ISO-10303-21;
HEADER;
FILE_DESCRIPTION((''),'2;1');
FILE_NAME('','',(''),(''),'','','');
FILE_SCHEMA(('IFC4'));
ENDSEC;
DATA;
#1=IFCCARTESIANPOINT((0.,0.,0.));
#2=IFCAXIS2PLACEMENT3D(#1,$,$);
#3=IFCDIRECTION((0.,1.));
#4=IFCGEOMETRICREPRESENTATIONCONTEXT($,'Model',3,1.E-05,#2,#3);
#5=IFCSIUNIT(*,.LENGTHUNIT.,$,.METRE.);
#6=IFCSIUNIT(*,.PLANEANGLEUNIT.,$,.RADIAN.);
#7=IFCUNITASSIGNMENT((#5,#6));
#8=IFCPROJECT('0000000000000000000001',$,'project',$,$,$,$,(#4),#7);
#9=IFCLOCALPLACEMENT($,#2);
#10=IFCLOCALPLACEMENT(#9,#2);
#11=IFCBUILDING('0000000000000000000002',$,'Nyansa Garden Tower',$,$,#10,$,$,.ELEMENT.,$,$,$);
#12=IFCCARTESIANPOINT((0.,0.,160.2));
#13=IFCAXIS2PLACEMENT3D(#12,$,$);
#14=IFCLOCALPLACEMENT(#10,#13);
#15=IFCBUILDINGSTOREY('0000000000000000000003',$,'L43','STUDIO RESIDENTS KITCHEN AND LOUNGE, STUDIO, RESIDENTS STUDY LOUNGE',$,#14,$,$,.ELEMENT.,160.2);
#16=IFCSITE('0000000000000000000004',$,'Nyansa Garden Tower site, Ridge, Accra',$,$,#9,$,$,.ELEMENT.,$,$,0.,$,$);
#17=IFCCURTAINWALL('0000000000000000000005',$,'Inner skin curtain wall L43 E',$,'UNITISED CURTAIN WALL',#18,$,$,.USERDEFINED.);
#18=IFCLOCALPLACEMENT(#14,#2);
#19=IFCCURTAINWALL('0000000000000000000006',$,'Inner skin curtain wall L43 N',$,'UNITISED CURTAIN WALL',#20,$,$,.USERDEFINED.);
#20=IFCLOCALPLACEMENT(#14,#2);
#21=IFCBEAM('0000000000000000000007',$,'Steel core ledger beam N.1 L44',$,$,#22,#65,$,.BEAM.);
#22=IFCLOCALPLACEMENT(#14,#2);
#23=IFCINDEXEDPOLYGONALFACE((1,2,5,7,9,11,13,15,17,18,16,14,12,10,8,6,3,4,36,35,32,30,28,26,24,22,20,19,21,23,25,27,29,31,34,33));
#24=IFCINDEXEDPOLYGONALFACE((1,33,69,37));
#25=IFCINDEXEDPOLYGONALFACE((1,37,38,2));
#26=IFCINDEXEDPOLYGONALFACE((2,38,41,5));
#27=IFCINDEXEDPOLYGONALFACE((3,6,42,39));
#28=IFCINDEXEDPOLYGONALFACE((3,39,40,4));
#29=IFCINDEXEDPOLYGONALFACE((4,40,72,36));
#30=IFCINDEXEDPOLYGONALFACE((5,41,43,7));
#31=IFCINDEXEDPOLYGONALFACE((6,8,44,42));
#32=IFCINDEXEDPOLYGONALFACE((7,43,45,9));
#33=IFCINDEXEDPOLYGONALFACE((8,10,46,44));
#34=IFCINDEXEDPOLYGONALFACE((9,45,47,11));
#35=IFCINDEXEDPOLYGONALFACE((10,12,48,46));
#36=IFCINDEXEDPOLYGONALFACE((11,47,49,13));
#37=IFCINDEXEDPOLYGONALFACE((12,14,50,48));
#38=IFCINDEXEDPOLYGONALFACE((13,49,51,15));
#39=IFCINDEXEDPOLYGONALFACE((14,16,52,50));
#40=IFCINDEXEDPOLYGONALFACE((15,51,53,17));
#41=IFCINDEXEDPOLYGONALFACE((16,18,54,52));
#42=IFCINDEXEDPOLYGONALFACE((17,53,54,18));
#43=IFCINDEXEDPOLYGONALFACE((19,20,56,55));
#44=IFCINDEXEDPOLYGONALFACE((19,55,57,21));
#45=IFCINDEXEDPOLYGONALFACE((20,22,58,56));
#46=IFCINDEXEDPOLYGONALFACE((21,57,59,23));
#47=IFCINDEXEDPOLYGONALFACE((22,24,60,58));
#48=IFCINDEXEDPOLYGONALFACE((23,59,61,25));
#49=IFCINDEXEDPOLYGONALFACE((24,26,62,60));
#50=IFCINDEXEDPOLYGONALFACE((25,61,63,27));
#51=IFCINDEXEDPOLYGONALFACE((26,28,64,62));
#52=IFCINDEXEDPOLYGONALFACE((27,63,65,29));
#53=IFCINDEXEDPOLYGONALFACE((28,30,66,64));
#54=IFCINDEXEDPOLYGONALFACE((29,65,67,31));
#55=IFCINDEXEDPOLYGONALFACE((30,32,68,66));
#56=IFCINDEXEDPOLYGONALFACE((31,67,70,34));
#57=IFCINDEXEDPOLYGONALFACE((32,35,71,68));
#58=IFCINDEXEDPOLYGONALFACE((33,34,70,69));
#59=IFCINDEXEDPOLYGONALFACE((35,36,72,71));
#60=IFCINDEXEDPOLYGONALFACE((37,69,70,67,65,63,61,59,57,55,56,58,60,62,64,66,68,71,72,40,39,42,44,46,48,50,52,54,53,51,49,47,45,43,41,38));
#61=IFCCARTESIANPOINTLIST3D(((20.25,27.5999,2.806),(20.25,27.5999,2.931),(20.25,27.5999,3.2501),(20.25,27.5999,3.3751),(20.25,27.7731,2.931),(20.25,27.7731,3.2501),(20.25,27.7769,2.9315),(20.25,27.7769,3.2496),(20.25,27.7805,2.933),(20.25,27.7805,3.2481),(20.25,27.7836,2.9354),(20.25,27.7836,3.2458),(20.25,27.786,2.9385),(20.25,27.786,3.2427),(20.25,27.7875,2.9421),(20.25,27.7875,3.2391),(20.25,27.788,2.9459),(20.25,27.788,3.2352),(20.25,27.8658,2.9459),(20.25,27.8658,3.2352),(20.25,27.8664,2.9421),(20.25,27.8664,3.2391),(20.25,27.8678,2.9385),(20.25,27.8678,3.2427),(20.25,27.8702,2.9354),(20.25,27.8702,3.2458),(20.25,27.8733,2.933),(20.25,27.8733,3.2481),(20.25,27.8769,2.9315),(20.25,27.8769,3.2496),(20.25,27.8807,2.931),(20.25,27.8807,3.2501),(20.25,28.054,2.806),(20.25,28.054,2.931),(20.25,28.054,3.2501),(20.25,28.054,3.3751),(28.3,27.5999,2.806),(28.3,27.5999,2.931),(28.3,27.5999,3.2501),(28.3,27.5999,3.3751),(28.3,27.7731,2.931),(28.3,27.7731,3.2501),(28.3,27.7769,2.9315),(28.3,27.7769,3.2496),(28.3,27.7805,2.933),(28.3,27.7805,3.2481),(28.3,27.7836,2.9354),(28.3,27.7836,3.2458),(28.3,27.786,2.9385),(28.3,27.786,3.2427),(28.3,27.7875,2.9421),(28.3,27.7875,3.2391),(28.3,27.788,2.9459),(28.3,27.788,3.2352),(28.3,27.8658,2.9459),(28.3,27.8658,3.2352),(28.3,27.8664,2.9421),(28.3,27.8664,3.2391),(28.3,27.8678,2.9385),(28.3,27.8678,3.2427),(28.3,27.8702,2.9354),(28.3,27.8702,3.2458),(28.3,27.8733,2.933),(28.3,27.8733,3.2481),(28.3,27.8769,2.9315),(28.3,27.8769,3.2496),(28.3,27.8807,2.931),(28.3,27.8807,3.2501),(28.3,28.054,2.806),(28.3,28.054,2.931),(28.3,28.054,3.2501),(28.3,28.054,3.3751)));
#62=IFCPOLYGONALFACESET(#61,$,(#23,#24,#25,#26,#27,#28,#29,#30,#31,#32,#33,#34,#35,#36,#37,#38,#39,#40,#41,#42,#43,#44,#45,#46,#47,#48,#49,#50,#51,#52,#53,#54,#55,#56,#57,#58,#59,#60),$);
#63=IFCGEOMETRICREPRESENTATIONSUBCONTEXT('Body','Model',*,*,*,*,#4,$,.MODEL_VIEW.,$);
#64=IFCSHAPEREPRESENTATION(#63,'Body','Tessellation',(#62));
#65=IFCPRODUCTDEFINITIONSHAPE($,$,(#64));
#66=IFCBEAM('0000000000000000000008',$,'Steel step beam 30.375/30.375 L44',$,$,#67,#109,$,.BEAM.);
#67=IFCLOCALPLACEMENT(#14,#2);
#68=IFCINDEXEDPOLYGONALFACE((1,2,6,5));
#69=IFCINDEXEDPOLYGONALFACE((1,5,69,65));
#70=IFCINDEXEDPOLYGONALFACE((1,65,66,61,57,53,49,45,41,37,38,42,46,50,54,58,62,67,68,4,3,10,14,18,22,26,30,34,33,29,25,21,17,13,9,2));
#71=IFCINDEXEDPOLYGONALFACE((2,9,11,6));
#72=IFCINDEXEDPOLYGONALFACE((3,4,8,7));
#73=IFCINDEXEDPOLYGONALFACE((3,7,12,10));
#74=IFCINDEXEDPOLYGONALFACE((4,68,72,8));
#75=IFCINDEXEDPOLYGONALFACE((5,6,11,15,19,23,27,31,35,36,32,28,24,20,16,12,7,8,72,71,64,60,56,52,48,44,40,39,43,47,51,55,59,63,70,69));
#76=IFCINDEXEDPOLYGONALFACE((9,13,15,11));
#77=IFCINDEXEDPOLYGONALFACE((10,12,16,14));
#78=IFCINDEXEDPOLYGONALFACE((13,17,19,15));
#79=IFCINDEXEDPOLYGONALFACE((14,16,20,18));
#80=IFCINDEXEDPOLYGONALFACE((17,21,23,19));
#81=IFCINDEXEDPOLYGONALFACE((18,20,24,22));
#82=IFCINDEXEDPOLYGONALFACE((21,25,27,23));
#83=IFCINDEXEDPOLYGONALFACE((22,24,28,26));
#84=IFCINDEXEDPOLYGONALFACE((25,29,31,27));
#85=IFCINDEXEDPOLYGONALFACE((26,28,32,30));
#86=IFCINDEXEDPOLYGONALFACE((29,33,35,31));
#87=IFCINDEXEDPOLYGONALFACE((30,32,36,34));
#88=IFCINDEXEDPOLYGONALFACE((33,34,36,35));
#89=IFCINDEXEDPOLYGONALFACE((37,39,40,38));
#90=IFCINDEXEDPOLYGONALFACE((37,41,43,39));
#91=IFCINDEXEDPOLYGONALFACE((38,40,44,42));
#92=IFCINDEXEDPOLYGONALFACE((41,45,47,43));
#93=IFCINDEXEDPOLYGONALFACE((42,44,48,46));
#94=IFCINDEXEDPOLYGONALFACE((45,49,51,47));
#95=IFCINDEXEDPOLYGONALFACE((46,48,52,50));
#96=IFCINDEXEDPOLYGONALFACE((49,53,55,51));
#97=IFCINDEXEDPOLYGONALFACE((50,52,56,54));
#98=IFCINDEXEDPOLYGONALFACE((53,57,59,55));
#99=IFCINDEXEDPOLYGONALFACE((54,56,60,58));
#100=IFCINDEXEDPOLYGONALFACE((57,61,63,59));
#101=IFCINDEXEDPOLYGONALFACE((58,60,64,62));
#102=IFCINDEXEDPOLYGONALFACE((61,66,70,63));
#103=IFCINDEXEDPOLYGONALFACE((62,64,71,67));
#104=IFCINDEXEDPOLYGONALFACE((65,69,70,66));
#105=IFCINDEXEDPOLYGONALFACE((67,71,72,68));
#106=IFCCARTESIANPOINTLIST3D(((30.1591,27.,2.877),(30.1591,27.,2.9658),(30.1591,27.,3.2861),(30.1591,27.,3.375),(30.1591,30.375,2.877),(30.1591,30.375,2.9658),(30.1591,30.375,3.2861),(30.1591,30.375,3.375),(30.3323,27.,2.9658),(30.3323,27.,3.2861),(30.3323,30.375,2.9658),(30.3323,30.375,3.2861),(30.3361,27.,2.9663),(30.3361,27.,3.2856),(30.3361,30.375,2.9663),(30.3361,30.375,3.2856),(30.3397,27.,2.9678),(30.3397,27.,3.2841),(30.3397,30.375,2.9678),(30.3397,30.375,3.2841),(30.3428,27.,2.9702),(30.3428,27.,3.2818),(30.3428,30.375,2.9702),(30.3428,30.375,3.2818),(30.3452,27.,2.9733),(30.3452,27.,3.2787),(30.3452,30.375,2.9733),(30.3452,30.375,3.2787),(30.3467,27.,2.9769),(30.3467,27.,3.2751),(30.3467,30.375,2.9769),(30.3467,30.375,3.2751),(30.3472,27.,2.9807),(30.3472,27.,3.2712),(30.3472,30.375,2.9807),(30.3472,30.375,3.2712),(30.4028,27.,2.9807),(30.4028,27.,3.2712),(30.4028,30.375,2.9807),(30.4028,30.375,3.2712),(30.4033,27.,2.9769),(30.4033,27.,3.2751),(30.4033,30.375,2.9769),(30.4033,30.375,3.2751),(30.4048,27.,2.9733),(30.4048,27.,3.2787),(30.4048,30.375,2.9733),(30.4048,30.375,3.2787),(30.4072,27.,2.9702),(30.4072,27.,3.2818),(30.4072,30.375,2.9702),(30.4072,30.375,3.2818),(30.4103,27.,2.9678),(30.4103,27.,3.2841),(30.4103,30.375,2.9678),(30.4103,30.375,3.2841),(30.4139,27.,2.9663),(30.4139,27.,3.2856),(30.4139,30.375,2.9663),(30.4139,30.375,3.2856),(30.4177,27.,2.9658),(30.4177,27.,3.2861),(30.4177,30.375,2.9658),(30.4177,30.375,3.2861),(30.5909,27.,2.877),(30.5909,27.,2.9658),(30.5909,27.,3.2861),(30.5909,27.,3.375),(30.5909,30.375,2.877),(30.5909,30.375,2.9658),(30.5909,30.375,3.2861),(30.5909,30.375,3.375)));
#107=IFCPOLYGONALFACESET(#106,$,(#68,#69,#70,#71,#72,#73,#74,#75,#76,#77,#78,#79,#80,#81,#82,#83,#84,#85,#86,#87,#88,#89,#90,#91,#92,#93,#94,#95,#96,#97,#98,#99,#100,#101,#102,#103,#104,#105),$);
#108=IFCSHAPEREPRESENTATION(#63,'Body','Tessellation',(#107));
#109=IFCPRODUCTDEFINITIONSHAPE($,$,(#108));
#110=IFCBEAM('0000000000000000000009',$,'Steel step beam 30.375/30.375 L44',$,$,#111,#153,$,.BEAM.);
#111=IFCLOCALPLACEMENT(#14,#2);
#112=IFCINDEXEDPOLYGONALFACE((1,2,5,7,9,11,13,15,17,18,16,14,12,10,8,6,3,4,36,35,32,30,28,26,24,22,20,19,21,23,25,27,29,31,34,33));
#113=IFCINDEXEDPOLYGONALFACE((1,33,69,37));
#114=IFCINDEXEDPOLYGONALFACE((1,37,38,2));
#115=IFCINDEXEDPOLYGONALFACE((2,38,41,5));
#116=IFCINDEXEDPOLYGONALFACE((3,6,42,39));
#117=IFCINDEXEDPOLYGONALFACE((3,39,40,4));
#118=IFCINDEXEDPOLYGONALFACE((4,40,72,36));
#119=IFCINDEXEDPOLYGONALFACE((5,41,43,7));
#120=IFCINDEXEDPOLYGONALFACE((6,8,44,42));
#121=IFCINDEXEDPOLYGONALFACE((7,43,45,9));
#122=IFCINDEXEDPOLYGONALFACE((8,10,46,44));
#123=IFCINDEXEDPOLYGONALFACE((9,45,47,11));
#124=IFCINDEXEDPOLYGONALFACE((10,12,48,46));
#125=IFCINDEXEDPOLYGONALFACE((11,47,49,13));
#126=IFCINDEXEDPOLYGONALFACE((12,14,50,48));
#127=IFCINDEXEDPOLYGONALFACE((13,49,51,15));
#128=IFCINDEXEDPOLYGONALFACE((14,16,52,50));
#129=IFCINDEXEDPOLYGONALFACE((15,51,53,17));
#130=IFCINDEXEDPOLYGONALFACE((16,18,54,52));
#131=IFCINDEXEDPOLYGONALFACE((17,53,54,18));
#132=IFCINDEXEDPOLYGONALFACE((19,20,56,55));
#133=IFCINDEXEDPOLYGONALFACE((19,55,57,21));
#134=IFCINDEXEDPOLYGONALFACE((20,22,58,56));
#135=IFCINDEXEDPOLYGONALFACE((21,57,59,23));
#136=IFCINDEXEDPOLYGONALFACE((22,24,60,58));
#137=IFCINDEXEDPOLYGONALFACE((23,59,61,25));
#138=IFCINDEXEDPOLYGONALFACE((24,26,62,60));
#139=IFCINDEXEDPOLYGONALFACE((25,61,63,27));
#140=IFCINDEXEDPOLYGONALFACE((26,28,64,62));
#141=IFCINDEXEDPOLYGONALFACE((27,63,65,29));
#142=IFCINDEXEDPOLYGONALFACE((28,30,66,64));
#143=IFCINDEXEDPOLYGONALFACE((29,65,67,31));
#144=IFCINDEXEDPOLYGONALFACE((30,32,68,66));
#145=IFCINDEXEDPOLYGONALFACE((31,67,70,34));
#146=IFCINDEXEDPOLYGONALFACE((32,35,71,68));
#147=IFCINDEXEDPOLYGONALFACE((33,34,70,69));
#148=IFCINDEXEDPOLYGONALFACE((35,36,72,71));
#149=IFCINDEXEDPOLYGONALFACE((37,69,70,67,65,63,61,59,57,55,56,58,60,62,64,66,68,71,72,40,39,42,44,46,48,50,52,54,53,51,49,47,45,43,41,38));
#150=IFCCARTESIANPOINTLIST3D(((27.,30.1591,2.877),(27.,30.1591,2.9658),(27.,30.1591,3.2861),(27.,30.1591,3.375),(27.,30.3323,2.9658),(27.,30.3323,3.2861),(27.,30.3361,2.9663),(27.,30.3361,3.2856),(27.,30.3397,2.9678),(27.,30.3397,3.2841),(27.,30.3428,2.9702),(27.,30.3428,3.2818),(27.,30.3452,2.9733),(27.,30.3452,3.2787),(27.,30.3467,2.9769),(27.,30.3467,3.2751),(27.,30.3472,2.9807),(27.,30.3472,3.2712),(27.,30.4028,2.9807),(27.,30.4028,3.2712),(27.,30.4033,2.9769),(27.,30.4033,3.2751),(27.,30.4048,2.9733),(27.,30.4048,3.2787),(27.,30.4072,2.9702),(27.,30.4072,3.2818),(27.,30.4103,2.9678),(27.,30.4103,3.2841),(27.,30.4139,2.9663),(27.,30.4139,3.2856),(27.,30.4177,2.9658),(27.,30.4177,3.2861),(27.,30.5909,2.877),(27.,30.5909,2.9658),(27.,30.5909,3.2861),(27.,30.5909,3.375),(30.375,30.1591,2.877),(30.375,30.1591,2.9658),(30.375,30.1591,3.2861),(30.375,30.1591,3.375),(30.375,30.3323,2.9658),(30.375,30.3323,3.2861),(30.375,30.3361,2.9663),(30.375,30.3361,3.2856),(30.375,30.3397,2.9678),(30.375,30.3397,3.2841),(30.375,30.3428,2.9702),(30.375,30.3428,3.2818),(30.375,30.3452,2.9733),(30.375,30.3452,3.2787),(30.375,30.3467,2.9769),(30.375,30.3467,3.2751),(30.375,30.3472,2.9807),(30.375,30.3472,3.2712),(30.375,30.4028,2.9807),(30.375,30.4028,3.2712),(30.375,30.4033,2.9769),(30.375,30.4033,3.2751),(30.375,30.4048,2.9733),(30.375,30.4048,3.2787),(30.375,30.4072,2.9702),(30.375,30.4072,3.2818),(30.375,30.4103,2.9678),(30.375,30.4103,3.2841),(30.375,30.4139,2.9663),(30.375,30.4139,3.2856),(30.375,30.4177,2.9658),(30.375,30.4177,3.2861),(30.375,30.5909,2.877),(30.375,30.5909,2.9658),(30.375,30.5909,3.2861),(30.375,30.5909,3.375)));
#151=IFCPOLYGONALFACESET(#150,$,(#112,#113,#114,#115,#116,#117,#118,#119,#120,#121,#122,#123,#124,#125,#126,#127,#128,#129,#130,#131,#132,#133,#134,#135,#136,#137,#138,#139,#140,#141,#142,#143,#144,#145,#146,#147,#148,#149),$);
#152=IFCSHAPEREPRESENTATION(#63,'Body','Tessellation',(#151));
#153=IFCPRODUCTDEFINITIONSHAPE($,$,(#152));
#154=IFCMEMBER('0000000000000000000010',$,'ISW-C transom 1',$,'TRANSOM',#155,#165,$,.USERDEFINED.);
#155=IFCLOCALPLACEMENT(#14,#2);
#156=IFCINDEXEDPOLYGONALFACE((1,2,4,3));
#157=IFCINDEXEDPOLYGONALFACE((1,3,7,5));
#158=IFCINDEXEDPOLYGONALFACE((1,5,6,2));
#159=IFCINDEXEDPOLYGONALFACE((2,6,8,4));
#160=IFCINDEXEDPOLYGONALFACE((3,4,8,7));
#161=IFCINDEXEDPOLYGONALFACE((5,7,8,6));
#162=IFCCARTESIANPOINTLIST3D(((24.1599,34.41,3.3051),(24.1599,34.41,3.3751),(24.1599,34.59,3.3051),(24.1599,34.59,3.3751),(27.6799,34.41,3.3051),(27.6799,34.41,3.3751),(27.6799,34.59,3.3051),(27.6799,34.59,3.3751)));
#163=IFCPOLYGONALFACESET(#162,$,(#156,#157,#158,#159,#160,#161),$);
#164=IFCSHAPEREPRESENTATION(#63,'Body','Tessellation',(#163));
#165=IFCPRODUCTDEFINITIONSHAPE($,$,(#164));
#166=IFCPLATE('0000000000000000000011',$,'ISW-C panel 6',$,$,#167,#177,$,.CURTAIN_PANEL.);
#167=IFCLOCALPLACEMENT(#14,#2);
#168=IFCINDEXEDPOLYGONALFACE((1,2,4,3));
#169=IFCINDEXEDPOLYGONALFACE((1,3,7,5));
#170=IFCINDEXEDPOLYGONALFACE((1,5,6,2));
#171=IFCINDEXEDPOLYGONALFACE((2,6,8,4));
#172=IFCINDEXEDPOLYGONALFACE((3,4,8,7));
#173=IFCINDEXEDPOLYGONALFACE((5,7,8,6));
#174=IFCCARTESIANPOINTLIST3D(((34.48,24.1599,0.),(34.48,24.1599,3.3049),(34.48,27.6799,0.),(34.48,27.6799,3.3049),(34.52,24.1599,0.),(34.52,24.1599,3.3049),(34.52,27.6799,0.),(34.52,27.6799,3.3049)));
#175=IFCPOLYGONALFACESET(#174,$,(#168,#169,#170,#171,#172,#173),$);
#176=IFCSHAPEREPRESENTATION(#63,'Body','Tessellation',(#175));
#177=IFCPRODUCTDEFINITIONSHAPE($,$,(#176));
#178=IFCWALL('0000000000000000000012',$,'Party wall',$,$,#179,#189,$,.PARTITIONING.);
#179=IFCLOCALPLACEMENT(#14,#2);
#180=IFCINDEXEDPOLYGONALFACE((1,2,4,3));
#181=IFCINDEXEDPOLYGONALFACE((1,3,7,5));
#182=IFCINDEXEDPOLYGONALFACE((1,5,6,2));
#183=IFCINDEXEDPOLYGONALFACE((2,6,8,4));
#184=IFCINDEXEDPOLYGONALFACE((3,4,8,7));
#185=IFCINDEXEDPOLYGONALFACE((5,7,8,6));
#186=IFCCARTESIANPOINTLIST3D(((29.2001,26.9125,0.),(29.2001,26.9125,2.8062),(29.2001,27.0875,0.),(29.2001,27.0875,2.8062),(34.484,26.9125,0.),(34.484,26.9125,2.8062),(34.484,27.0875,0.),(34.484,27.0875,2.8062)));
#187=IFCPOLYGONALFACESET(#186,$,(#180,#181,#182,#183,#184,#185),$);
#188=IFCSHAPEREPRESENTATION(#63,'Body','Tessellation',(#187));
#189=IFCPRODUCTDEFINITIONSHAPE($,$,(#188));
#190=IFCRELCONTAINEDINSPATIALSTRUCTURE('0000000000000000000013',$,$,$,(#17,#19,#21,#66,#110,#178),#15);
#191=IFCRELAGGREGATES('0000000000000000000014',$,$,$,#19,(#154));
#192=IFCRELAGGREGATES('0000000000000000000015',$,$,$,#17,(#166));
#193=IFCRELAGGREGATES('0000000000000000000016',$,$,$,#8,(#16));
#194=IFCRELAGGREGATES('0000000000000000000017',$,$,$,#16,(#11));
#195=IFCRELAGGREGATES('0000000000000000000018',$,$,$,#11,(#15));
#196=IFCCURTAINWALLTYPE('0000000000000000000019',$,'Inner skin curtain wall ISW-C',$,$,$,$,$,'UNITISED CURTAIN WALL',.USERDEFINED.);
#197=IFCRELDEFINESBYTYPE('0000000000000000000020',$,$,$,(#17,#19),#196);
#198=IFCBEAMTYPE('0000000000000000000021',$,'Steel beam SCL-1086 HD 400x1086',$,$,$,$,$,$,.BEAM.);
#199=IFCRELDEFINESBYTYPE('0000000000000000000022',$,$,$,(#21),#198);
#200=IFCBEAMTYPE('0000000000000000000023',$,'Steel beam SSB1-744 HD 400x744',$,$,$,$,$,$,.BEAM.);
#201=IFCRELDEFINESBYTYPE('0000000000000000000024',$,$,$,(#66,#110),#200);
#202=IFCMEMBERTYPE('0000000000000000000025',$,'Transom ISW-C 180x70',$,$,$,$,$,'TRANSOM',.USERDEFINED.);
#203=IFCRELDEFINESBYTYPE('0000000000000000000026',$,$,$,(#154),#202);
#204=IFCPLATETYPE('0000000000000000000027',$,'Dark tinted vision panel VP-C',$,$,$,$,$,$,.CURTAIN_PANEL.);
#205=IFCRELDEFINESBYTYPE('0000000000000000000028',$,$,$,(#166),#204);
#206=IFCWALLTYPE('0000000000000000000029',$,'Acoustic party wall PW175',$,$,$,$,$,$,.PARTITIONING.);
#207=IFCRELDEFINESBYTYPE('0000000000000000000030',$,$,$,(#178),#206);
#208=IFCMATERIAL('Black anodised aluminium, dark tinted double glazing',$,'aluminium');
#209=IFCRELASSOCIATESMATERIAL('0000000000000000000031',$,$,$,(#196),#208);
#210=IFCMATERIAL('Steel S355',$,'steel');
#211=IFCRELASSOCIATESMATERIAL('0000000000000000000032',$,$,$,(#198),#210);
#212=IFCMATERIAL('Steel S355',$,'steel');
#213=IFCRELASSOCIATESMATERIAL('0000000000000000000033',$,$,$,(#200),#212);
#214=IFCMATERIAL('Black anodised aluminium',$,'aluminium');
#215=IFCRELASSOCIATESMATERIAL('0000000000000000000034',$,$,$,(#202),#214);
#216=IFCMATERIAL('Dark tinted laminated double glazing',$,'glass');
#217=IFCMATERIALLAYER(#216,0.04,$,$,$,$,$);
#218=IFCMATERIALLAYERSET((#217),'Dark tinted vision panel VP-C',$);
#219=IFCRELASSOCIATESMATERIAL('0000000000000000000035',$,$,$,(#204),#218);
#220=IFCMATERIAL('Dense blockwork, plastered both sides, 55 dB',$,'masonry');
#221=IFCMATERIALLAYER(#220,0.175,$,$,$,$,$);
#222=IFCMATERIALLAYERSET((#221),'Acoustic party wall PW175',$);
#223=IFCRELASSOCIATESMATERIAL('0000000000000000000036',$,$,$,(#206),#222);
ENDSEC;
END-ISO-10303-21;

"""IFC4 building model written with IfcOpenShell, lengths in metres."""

from ifc_helpers import new_model, si_unit, direction, frame, frame_2d, origin, origin_2d, place, context, subcontext, project, spatial, rectangle, i_section, extrude, material, layer, layer_set, material_profile, profile_set, type_object, element, aggregate, save


model = new_model("IFC4")

# Units and contexts
model_context = context("Model", 3, precision=1e-05, world=origin(), true_north=direction((0.0, 1.0)))
body_context = subcontext(model_context, "Body", "Model", "MODEL_VIEW")
ifc_project = project(units=[si_unit("LENGTHUNIT", "METRE"), si_unit("PLANEANGLEUNIT", "RADIAN")], contexts=[model_context])

# Site, building, storey
site_placement = place(None, origin())
site = spatial("IfcSite", under=ifc_project, at=site_placement, Name="Nyansa Garden Tower site, Ridge, Accra", CompositionType="ELEMENT", RefElevation=0.0)
building_placement = place(site_placement, origin())
building = spatial("IfcBuilding", under=site, at=building_placement, Name="Nyansa Garden Tower", CompositionType="ELEMENT")
storey_placement = place(building_placement, frame((0.0, 0.0, 160.2)))
storey = spatial("IfcBuildingStorey", under=building, at=storey_placement, Name="L43", Description="STUDIO RESIDENTS KITCHEN AND LOUNGE, STUDIO, RESIDENTS STUDY LOUNGE", CompositionType="ELEMENT", Elevation=160.2)

# Curtain walls
ifc_material_1 = material(Name="Black anodised aluminium, dark tinted double glazing", Category="aluminium")
curtain_wall_type = type_object("IfcCurtainWallType", Name="Inner skin curtain wall ISW-C", ElementType="UNITISED CURTAIN WALL", PredefinedType="USERDEFINED", material=ifc_material_1)
curtain_wall_1_placement = place(storey_placement, origin())
curtain_wall_1 = element("IfcCurtainWall", 1, at=curtain_wall_1_placement, inside=storey, type_object=curtain_wall_type, Name="Inner skin curtain wall L43 E", ObjectType="UNITISED CURTAIN WALL", PredefinedType="USERDEFINED")
curtain_wall_2_placement = place(storey_placement, origin())
curtain_wall_2 = element("IfcCurtainWall", 2, at=curtain_wall_2_placement, inside=storey, type_object=curtain_wall_type, Name="Inner skin curtain wall L43 N", ObjectType="UNITISED CURTAIN WALL", PredefinedType="USERDEFINED")

# Beams
ifc_material_2 = material(Name="Steel S355", Category="steel")
ifc_material_profile_1 = material_profile(ifc_material_2, i_section(OverallWidth=0.4541, OverallDepth=0.5691, WebThickness=0.0779, FlangeThickness=0.125, FilletRadius=0.0149, at=origin_2d()), Name="HD 400x1086")
ifc_profile_set_1 = profile_set([ifc_material_profile_1], Name="Steel S355")
beam_type_1 = type_object("IfcBeamType", Name="Steel beam SCL-1086 HD 400x1086", PredefinedType="BEAM", material=ifc_profile_set_1)
beam_1_placement = place(storey_placement, frame((28.3, 27.8269, 3.0906), z_axis=(-1.0, 0.0, 0.0), x_axis=(0.0, -1.0, 0.0)))
element("IfcBeam", 3, at=beam_1_placement, inside=storey, type_object=beam_type_1, Name="Steel core ledger beam N.1 L44", PredefinedType="BEAM", context=body_context, shape_type="SweptSolid", body=[
    extrude(i_section(OverallWidth=0.4541, OverallDepth=0.5691, WebThickness=0.0779, FlangeThickness=0.125, FilletRadius=0.0149, at=origin_2d()), origin(), (0.0, 0.0, 1.0), 8.05),
])
ifc_material_3 = material(Name="Steel S355", Category="steel")
ifc_material_profile_2 = material_profile(ifc_material_3, i_section(OverallWidth=0.4319, OverallDepth=0.498, WebThickness=0.0557, FlangeThickness=0.0889, FilletRadius=0.0149, at=origin_2d()), Name="HD 400x744")
ifc_profile_set_2 = profile_set([ifc_material_profile_2], Name="Steel S355")
beam_type_2 = type_object("IfcBeamType", Name="Steel beam SSB1-744 HD 400x744", PredefinedType="BEAM", material=ifc_profile_set_2)
for number, where, z_axis, x_axis, name in (
    (4, (30.375, 30.375, 3.126), (0.0, -1.0, 0.0), (1.0, 0.0, 0.0), "Steel step beam 30.375/30.375 L44"),
    (5, (30.375, 30.375, 3.126), (-1.0, 0.0, 0.0), (0.0, -1.0, 0.0), "Steel step beam 30.375/30.375 L44"),
):
    element("IfcBeam", number, at=place(storey_placement, frame(where, z_axis=z_axis, x_axis=x_axis)), inside=storey, type_object=beam_type_2, Name=name, PredefinedType="BEAM", context=body_context, shape_type="SweptSolid", body=[
        extrude(i_section(OverallWidth=0.4319, OverallDepth=0.498, WebThickness=0.0557, FlangeThickness=0.0889, FilletRadius=0.0149, at=origin_2d()), origin(), (0.0, 0.0, 1.0), 3.375),
    ])

# Member
ifc_material_4 = material(Name="Black anodised aluminium", Category="aluminium")
ifc_material_profile_3 = material_profile(ifc_material_4, rectangle(XDim=0.1799, YDim=0.0701, at=origin_2d()), Name="Transom 180x70")
ifc_profile_set_3 = profile_set([ifc_material_profile_3], Name="Black anodised aluminium")
member_type_1 = type_object("IfcMemberType", Name="Transom ISW-C 180x70", ElementType="TRANSOM", PredefinedType="USERDEFINED", material=ifc_profile_set_3)
member_1_placement = place(storey_placement, frame((27.6799, 34.5, 3.3401), z_axis=(-1.0, 0.0, 0.0), x_axis=(0.0, -1.0, 0.0)))
member_1 = element("IfcMember", 6, at=member_1_placement, type_object=member_type_1, Name="ISW-C transom 1", ObjectType="TRANSOM", PredefinedType="USERDEFINED", context=body_context, shape_type="SweptSolid", body=[
    extrude(rectangle(XDim=0.1799, YDim=0.0701, at=origin_2d()), origin(), (0.0, 0.0, 1.0), 3.52),
])
aggregate(curtain_wall_2, [member_1])

# Plate
ifc_material_5 = material(Name="Dark tinted laminated double glazing", Category="glass")
ifc_layer_1 = layer(ifc_material_5, 0.04)
ifc_layer_set_1 = layer_set([ifc_layer_1], Name="Dark tinted vision panel VP-C")
plate_type = type_object("IfcPlateType", Name="Dark tinted vision panel VP-C", PredefinedType="CURTAIN_PANEL", material=ifc_layer_set_1)
plate_placement = place(storey_placement, frame((34.5, 25.9199, 0.0), z_axis=(0.0, 0.0, 1.0), x_axis=(0.0, 1.0, 0.0)))
plate = element("IfcPlate", 7, at=plate_placement, type_object=plate_type, Name="ISW-C panel 6", PredefinedType="CURTAIN_PANEL", context=body_context, shape_type="SweptSolid", body=[
    extrude(rectangle(XDim=3.52, YDim=0.04, at=origin_2d()), origin(), (0.0, 0.0, 1.0), 3.3049),
])
aggregate(curtain_wall_1, [plate])

# Wall
ifc_material_6 = material(Name="Dense blockwork, plastered both sides, 55 dB", Category="masonry")
ifc_layer_2 = layer(ifc_material_6, 0.175)
ifc_layer_set_2 = layer_set([ifc_layer_2], Name="Acoustic party wall PW175")
wall_type_1 = type_object("IfcWallType", Name="Acoustic party wall PW175", PredefinedType="PARTITIONING", material=ifc_layer_set_2)
wall_1_placement = place(storey_placement, frame((29.2, 27.0, 0.0), z_axis=(0.0, 0.0, 1.0), x_axis=(1.0, 0.0, 0.0)))
element("IfcWall", 8, at=wall_1_placement, inside=storey, type_object=wall_type_1, Name="Party wall", PredefinedType="PARTITIONING", context=body_context, shape_type="SweptSolid", body=[
    extrude(rectangle(XDim=5.2839, YDim=0.175, at=frame_2d((2.6421, 0.0))), origin(), (0.0, 0.0, 1.0), 2.8062),
])

save(model, "model.ifc")
